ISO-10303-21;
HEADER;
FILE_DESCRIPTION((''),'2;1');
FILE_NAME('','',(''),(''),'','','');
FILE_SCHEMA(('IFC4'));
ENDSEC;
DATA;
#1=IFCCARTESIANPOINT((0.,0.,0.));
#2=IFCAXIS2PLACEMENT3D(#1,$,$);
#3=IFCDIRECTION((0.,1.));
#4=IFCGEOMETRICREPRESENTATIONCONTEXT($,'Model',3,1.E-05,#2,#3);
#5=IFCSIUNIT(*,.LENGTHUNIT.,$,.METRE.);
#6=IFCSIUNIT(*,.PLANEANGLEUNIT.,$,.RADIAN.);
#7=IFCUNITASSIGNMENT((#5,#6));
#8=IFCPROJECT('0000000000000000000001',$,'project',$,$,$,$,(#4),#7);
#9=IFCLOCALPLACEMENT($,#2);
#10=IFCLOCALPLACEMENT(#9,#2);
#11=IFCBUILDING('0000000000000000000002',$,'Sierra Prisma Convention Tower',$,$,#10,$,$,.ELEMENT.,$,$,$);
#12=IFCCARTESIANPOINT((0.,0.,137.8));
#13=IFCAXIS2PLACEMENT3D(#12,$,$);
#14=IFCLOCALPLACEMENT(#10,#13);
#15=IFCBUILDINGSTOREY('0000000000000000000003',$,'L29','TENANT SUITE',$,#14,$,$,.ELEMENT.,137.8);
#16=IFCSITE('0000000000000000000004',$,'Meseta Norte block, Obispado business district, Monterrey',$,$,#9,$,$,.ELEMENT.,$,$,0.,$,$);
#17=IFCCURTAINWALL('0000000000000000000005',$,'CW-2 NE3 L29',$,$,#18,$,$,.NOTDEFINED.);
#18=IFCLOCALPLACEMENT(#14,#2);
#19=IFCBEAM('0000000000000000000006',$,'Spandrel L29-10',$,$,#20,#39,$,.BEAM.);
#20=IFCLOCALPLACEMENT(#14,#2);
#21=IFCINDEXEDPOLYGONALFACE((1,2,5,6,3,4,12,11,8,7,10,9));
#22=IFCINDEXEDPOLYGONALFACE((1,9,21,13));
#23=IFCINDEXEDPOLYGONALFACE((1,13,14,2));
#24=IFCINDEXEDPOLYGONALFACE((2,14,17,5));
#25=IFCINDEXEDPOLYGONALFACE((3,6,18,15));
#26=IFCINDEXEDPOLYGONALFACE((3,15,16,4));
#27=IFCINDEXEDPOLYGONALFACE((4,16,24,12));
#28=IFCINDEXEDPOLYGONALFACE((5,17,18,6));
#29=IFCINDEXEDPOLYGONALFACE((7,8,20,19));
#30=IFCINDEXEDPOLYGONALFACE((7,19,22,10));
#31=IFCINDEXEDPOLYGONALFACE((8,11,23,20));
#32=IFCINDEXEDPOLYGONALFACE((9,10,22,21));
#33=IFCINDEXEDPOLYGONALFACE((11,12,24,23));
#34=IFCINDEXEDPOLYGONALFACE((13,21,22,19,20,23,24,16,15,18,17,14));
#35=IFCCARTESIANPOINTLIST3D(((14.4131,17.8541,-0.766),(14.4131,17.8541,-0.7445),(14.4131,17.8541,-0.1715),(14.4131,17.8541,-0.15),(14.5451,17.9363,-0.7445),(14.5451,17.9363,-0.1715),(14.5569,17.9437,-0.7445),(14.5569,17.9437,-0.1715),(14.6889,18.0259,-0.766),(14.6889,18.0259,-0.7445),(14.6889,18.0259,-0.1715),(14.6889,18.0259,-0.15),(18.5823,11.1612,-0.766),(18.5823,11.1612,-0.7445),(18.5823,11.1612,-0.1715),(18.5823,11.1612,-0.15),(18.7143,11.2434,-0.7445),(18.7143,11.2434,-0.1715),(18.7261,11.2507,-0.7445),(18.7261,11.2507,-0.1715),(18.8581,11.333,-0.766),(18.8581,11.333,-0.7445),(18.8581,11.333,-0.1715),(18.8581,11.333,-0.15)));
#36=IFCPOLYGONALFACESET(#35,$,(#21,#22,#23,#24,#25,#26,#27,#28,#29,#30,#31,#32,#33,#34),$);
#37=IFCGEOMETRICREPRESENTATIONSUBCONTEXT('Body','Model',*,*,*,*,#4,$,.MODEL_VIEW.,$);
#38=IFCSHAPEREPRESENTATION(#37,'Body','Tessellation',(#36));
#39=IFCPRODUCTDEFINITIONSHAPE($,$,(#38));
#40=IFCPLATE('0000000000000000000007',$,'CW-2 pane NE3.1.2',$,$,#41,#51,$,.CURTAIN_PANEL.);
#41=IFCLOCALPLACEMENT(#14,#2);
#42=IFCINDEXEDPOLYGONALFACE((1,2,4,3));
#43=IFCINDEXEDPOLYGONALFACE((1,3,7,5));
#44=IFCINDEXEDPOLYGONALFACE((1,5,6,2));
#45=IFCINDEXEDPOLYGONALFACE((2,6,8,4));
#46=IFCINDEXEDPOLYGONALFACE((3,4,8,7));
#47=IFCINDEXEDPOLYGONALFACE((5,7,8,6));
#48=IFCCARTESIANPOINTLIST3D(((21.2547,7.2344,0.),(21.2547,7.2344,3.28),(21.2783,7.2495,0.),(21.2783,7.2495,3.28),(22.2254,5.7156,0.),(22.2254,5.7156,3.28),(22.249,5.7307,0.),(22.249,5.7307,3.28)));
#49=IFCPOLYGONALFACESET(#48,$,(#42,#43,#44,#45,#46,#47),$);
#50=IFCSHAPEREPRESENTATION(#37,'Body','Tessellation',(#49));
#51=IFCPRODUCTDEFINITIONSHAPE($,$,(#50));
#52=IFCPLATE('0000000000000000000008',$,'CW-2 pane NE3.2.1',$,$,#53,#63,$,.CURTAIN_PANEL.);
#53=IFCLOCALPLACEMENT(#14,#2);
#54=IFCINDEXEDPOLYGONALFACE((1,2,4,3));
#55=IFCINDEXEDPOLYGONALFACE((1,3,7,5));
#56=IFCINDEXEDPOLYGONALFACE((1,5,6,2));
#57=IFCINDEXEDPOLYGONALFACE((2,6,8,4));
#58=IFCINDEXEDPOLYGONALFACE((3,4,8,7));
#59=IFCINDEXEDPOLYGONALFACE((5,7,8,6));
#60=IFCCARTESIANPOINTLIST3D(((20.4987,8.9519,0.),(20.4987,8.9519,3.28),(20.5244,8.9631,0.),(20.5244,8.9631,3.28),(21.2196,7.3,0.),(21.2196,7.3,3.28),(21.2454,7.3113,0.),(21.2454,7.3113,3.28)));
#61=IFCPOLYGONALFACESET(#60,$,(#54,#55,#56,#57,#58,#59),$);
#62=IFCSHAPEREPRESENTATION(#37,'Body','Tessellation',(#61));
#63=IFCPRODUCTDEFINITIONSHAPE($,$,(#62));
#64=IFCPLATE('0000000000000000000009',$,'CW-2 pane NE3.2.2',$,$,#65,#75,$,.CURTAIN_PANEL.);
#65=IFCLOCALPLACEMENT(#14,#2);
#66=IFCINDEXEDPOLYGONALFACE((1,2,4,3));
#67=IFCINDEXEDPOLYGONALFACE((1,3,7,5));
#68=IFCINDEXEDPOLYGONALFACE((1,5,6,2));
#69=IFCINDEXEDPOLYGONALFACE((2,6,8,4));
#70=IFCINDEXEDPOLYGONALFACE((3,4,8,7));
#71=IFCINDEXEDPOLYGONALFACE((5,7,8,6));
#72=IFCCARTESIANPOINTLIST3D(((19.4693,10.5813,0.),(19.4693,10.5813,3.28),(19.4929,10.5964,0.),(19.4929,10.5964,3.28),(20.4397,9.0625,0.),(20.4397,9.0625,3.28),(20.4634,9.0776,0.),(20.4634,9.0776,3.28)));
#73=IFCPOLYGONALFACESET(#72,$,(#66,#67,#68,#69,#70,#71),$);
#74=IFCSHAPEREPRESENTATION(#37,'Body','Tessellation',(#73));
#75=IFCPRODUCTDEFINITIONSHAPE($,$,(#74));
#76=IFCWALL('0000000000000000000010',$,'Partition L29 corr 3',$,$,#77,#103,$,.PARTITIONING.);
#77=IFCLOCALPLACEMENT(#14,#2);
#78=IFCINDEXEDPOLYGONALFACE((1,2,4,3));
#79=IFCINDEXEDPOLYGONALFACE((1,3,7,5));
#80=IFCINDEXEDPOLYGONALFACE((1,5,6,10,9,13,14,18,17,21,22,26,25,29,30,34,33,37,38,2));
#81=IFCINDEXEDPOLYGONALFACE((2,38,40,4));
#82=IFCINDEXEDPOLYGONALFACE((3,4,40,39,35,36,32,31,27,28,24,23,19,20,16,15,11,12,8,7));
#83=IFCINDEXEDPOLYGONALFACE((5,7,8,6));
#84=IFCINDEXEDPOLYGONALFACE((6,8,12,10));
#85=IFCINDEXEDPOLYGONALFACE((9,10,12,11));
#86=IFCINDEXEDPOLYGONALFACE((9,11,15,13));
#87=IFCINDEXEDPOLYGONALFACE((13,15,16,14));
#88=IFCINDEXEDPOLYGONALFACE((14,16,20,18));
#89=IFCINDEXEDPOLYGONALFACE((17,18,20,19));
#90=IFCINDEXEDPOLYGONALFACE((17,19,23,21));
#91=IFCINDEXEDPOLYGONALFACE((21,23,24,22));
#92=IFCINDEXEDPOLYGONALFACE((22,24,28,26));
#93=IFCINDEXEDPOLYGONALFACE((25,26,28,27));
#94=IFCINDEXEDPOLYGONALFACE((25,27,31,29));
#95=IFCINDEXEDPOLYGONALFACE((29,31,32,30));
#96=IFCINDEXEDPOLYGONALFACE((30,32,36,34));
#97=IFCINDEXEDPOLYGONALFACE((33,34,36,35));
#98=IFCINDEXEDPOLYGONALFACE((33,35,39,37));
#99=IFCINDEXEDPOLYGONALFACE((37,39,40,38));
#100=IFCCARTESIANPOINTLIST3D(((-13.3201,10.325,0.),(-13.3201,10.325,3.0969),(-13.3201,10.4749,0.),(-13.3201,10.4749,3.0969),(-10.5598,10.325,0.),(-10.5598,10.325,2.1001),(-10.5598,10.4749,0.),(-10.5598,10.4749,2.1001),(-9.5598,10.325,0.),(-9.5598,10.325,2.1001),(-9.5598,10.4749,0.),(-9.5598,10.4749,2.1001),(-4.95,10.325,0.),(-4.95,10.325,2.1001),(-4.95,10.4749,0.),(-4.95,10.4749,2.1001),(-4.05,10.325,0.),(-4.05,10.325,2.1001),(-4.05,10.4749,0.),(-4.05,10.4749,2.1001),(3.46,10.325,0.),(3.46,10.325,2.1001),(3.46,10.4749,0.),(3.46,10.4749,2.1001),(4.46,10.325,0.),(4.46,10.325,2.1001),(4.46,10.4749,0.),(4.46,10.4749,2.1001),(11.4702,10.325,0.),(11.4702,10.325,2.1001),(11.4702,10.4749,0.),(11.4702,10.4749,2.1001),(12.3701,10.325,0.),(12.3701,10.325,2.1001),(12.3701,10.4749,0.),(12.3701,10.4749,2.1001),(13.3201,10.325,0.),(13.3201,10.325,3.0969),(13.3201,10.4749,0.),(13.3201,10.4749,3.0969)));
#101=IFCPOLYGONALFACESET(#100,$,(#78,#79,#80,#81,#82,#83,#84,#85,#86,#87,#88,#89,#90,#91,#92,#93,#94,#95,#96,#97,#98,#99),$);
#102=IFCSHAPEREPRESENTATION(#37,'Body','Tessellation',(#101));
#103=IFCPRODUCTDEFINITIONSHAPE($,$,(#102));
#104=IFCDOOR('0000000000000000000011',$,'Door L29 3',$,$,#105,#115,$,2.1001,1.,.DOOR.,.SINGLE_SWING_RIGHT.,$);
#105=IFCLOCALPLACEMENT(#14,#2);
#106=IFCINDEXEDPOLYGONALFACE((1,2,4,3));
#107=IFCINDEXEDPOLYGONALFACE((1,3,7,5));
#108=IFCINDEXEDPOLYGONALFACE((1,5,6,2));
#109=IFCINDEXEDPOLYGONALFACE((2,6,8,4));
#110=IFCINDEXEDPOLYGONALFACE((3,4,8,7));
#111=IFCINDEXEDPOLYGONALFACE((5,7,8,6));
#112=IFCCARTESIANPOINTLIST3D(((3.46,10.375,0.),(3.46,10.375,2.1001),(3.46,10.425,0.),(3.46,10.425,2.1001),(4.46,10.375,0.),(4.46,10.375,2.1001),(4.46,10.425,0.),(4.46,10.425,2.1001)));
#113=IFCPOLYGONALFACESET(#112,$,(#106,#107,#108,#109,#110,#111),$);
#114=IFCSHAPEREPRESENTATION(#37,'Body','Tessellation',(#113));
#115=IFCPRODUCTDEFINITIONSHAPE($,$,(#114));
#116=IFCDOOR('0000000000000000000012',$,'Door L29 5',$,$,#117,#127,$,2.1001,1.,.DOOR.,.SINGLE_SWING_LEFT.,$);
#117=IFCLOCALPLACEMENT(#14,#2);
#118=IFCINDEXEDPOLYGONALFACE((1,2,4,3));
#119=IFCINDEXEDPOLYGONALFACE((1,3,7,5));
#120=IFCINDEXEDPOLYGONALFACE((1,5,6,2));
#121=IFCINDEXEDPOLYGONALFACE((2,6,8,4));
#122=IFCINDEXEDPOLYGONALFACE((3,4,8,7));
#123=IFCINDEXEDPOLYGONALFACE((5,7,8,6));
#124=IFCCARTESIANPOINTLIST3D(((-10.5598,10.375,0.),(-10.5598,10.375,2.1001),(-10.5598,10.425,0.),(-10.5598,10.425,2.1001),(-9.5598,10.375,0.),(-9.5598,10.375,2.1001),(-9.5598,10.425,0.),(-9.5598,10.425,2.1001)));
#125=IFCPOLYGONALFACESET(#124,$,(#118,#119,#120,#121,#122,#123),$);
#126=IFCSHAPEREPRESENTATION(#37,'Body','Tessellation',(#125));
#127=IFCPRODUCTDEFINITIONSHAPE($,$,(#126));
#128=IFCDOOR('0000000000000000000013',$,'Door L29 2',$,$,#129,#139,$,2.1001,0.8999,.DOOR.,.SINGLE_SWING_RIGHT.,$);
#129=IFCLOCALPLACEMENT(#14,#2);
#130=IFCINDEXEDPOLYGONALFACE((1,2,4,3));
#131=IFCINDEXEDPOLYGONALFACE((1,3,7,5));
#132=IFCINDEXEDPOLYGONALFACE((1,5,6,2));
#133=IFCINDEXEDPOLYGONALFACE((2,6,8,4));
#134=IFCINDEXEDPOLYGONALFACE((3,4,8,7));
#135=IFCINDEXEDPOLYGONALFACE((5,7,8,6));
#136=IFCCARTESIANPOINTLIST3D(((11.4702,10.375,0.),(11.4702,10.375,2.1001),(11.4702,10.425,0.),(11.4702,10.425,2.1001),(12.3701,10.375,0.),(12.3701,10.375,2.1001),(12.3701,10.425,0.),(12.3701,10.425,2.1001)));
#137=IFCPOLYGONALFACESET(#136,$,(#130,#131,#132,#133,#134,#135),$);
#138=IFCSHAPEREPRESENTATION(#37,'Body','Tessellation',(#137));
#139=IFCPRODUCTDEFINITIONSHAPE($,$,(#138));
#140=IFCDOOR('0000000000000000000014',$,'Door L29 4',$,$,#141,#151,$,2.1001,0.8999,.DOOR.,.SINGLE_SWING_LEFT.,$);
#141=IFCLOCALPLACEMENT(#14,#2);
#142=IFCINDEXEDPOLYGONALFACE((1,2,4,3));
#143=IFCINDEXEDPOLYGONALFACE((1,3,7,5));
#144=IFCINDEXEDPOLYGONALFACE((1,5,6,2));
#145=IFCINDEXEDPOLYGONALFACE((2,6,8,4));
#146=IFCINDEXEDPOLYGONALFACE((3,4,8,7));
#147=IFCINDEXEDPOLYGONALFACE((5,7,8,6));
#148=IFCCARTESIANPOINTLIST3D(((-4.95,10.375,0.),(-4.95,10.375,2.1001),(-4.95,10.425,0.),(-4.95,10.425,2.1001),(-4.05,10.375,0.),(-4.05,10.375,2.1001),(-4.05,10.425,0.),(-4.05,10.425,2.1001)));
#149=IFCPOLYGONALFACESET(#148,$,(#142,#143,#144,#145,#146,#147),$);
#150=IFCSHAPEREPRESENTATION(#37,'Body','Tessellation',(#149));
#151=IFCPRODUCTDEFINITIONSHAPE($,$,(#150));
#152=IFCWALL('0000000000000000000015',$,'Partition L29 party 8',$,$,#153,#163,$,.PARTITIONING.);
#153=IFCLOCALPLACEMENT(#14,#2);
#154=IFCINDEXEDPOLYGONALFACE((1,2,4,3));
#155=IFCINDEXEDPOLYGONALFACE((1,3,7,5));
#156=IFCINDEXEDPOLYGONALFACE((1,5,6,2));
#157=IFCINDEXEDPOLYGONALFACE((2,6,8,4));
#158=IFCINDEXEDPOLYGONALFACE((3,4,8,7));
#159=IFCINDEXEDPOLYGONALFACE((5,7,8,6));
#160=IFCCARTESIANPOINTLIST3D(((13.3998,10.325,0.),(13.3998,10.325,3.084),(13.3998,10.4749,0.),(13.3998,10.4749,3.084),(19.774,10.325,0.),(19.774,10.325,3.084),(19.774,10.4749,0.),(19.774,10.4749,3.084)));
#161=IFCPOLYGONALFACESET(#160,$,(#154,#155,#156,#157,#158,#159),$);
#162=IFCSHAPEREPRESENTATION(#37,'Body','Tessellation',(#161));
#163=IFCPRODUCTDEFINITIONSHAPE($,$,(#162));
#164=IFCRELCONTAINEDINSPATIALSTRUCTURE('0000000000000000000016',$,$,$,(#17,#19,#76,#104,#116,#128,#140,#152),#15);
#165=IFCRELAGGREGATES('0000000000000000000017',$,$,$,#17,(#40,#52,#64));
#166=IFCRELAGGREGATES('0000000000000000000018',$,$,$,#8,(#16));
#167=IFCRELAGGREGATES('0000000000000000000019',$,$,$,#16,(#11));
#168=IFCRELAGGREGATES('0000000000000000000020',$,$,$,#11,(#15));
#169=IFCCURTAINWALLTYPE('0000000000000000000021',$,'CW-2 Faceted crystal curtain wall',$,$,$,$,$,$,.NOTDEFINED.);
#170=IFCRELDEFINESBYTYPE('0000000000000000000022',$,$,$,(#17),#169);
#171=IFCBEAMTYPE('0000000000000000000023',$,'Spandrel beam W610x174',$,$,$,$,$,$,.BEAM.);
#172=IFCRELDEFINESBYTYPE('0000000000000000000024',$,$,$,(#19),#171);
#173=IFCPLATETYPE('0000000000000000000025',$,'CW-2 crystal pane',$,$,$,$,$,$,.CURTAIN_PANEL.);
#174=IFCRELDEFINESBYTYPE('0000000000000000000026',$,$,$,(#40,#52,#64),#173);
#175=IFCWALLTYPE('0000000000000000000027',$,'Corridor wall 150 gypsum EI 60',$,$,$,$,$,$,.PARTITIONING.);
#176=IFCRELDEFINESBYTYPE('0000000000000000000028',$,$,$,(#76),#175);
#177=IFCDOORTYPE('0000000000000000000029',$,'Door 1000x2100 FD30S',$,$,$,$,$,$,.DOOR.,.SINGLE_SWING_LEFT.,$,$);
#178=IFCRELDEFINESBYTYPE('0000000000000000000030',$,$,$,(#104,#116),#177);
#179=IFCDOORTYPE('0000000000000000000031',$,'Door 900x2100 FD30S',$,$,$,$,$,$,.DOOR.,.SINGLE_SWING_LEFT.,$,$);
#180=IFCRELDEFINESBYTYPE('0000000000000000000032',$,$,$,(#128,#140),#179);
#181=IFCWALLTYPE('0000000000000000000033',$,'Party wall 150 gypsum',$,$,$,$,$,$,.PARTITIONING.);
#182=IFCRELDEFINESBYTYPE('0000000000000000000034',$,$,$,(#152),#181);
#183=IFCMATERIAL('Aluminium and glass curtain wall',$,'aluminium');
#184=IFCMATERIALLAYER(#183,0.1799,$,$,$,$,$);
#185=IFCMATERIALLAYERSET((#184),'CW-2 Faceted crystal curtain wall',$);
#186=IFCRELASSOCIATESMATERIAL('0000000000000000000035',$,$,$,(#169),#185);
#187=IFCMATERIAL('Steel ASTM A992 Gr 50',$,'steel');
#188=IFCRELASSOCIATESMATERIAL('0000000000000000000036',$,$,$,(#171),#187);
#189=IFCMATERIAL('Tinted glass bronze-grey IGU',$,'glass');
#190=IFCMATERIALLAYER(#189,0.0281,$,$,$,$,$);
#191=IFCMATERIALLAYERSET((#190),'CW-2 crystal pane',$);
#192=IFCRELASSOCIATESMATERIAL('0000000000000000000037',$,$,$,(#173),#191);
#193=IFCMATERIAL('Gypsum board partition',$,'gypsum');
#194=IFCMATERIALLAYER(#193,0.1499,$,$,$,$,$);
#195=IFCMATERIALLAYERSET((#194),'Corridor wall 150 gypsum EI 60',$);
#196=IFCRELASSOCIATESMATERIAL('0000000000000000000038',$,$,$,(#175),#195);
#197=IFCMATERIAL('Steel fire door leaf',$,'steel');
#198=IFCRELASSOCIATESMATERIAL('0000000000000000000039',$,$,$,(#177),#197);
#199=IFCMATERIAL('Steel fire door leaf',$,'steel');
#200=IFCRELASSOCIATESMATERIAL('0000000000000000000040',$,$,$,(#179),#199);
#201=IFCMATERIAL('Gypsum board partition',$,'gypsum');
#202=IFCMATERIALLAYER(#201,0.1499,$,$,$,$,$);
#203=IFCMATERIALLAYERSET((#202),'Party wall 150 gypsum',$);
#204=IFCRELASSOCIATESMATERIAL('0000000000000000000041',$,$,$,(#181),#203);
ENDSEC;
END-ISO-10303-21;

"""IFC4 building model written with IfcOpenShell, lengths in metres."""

from ifc_helpers import new_model, si_unit, direction, frame, frame_2d, origin, origin_2d, place, context, subcontext, project, spatial, polyline, rectangle, i_section, outline, extrude, material, layer, layer_set, material_profile, profile_set, type_object, element, fill, aggregate, save


model = new_model("IFC4")

# Units and contexts
model_context = context("Model", 3, precision=1e-05, world=origin(), true_north=direction((0.0, 1.0)))
body_context = subcontext(model_context, "Body", "Model", "MODEL_VIEW")
ifc_project = project(units=[si_unit("LENGTHUNIT", "METRE"), si_unit("PLANEANGLEUNIT", "RADIAN")], contexts=[model_context])

# Site, building, storey
site_placement = place(None, origin())
site = spatial("IfcSite", under=ifc_project, at=site_placement, Name="Meseta Norte block, Obispado business district, Monterrey", CompositionType="ELEMENT", RefElevation=0.0)
building_placement = place(site_placement, origin())
building = spatial("IfcBuilding", under=site, at=building_placement, Name="Sierra Prisma Convention Tower", CompositionType="ELEMENT")
storey_placement = place(building_placement, frame((0.0, 0.0, 137.8)))
storey = spatial("IfcBuildingStorey", under=building, at=storey_placement, Name="L29", Description="TENANT SUITE", CompositionType="ELEMENT", Elevation=137.8)

# Curtain wall
ifc_material_1 = material(Name="Aluminium and glass curtain wall", Category="aluminium")
ifc_layer_1 = layer(ifc_material_1, 0.1799)
ifc_layer_set_1 = layer_set([ifc_layer_1], Name="CW-2 Faceted crystal curtain wall")
curtain_wall_type = type_object("IfcCurtainWallType", Name="CW-2 Faceted crystal curtain wall", PredefinedType="NOTDEFINED", material=ifc_layer_set_1)
curtain_wall_1_placement = place(storey_placement, origin())
curtain_wall_1 = element("IfcCurtainWall", 1, at=curtain_wall_1_placement, inside=storey, type_object=curtain_wall_type, Name="CW-2 NE3 L29", PredefinedType="NOTDEFINED")

# Beam
ifc_material_2 = material(Name="Steel ASTM A992 Gr 50", Category="steel")
ifc_material_profile_1 = material_profile(ifc_material_2, i_section(OverallWidth=0.325, OverallDepth=0.616, WebThickness=0.0139, FlangeThickness=0.0215, at=origin_2d()), Name="W610x174")
ifc_profile_set_1 = profile_set([ifc_material_profile_1], Name="Steel ASTM A992 Gr 50")
beam_type_1 = type_object("IfcBeamType", Name="Spandrel beam W610x174", PredefinedType="BEAM", material=ifc_profile_set_1)
beam_1_placement = place(storey_placement, frame((18.7202, 11.2471, -0.458), z_axis=(-0.528735, 0.848787, 0.0), x_axis=(-0.848787, -0.528735, 0.0)))
element("IfcBeam", 2, at=beam_1_placement, inside=storey, type_object=beam_type_1, Name="Spandrel L29-10", PredefinedType="BEAM", context=body_context, shape_type="SweptSolid", body=[
    extrude(i_section(OverallWidth=0.325, OverallDepth=0.616, WebThickness=0.0139, FlangeThickness=0.0215, at=origin_2d()), origin(), (0.0, 0.0, 1.0), 7.8853),
])

# Plates
ifc_material_3 = material(Name="Tinted glass bronze-grey IGU", Category="glass")
ifc_layer_2 = layer(ifc_material_3, 0.0281)
ifc_layer_set_2 = layer_set([ifc_layer_2], Name="CW-2 crystal pane")
plate_type = type_object("IfcPlateType", Name="CW-2 crystal pane", PredefinedType="CURTAIN_PANEL", material=ifc_layer_set_2)
plate_1_placement = place(storey_placement, frame((21.2783, 7.2495, 0.0), z_axis=(0.842606, 0.538531, 0.0), x_axis=(0.538531, -0.842606, 0.0)))
plate_1 = element("IfcPlate", 3, at=plate_1_placement, type_object=plate_type, Name="CW-2 pane NE3.1.2", PredefinedType="CURTAIN_PANEL", context=body_context, shape_type="SweptSolid", body=[
    extrude(outline(polyline([(0.0, 0.0), (1.8025, 0.0), (1.8025, -3.28), (0.0, -3.28), (0.0, 0.0)])), origin(), (0.0, 0.0, -1.0), 0.0281),
])
plate_2_placement = place(storey_placement, frame((21.2454, 7.3113, 0.0), z_axis=(0.916511, 0.400009, 0.0), x_axis=(-0.400009, 0.916511, 0.0)))
plate_2 = element("IfcPlate", 4, at=plate_2_placement, type_object=plate_type, Name="CW-2 pane NE3.2.1", PredefinedType="CURTAIN_PANEL", context=body_context, shape_type="SweptSolid", body=[
    extrude(outline(polyline([(0.0, 0.0), (1.8023, 0.0), (1.8023, 3.28), (0.0, 3.28), (0.0, 0.0)])), origin(), (0.0, 0.0, -1.0), 0.0281),
])
plate_3_placement = place(storey_placement, frame((19.4929, 10.5964, 0.0), z_axis=(0.842667, 0.538435, 0.0), x_axis=(0.538435, -0.842667, 0.0)))
plate_3 = element("IfcPlate", 5, at=plate_3_placement, type_object=plate_type, Name="CW-2 pane NE3.2.2", PredefinedType="CURTAIN_PANEL", context=body_context, shape_type="SweptSolid", body=[
    extrude(outline(polyline([(0.0, 0.0), (1.8024, 0.0), (1.8024, -3.28), (0.0, -3.28), (0.0, 0.0)])), origin(), (0.0, 0.0, -1.0), 0.0281),
])
aggregate(curtain_wall_1, [plate_1, plate_2, plate_3])

# Wall, openings, doors
ifc_material_4 = material(Name="Gypsum board partition", Category="gypsum")
ifc_layer_3 = layer(ifc_material_4, 0.1499)
ifc_layer_set_3 = layer_set([ifc_layer_3], Name="Corridor wall 150 gypsum EI 60")
wall_type_1 = type_object("IfcWallType", Name="Corridor wall 150 gypsum EI 60", PredefinedType="PARTITIONING", material=ifc_layer_set_3)
wall_1_placement = place(storey_placement, frame((13.3201, 10.3999, 0.0), z_axis=(0.0, 0.0, 1.0), x_axis=(-1.0, 0.0, 0.0)))
wall_1 = element("IfcWall", 6, at=wall_1_placement, inside=storey, type_object=wall_type_1, Name="Partition L29 corr 3", PredefinedType="PARTITIONING", context=body_context, shape_type="SweptSolid", body=[
    extrude(rectangle(XDim=26.6401, YDim=0.1499, at=frame_2d((13.3201, 0.0))), origin(), (0.0, 0.0, 1.0), 3.0969),
])
opening_1_placement = place(wall_1_placement, frame((0.95, 0.0, 0.0)))
opening_1 = element("IfcOpeningElement", 7, at=opening_1_placement, cuts=wall_1, PredefinedType="OPENING", context=body_context, shape_type="SweptSolid", body=[
    extrude(rectangle(XDim=0.8999, YDim=2.1001, at=frame_2d((0.45, 1.05))), frame((0.0, 0.075, 0.0), z_axis=(0.0, -1.0, 0.0), x_axis=(1.0, 0.0, 0.0)), (0.0, 0.0, 1.0), 0.1499),
])
opening_2_placement = place(wall_1_placement, frame((8.8601, 0.0, 0.0)))
opening_2 = element("IfcOpeningElement", 8, at=opening_2_placement, cuts=wall_1, PredefinedType="OPENING", context=body_context, shape_type="SweptSolid", body=[
    extrude(rectangle(XDim=1.0, YDim=2.1001, at=frame_2d((0.5, 1.05))), frame((0.0, 0.075, 0.0), z_axis=(0.0, -1.0, 0.0), x_axis=(1.0, 0.0, 0.0)), (0.0, 0.0, 1.0), 0.1499),
])
opening_3_placement = place(wall_1_placement, frame((17.3701, 0.0, 0.0)))
opening_3 = element("IfcOpeningElement", 9, at=opening_3_placement, cuts=wall_1, PredefinedType="OPENING", context=body_context, shape_type="SweptSolid", body=[
    extrude(rectangle(XDim=0.8999, YDim=2.1001, at=frame_2d((0.45, 1.05))), frame((0.0, 0.075, 0.0), z_axis=(0.0, -1.0, 0.0), x_axis=(1.0, 0.0, 0.0)), (0.0, 0.0, 1.0), 0.1499),
])
opening_4_placement = place(wall_1_placement, frame((22.8799, 0.0, 0.0)))
opening_4 = element("IfcOpeningElement", 10, at=opening_4_placement, cuts=wall_1, PredefinedType="OPENING", context=body_context, shape_type="SweptSolid", body=[
    extrude(rectangle(XDim=1.0, YDim=2.1001, at=frame_2d((0.5, 1.05))), frame((0.0, 0.075, 0.0), z_axis=(0.0, -1.0, 0.0), x_axis=(1.0, 0.0, 0.0)), (0.0, 0.0, 1.0), 0.1499),
])
ifc_material_5 = material(Name="Steel fire door leaf", Category="steel")
door_type_1 = type_object("IfcDoorType", Name="Door 1000x2100 FD30S", OperationType="SINGLE_SWING_LEFT", PredefinedType="DOOR", material=ifc_material_5)
door_1_placement = place(opening_2_placement, origin())
door_1 = element("IfcDoor", 11, at=door_1_placement, inside=storey, type_object=door_type_1, Name="Door L29 3", OperationType="SINGLE_SWING_RIGHT", OverallHeight=2.1001, OverallWidth=1.0, PredefinedType="DOOR", context=body_context, shape_type="SweptSolid", body=[
    extrude(rectangle(XDim=1.0, YDim=2.1001, at=frame_2d((0.5, 1.05))), frame((0.0, 0.0249, 0.0), z_axis=(0.0, -1.0, 0.0), x_axis=(1.0, 0.0, 0.0)), (0.0, 0.0, 1.0), 0.05),
])
fill(opening_2, door_1)
door_2_placement = place(opening_4_placement, origin())
door_2 = element("IfcDoor", 12, at=door_2_placement, inside=storey, type_object=door_type_1, Name="Door L29 5", OperationType="SINGLE_SWING_LEFT", OverallHeight=2.1001, OverallWidth=1.0, PredefinedType="DOOR", context=body_context, shape_type="SweptSolid", body=[
    extrude(rectangle(XDim=1.0, YDim=2.1001, at=frame_2d((0.5, 1.05))), frame((0.0, 0.0249, 0.0), z_axis=(0.0, -1.0, 0.0), x_axis=(1.0, 0.0, 0.0)), (0.0, 0.0, 1.0), 0.05),
])
fill(opening_4, door_2)
ifc_material_6 = material(Name="Steel fire door leaf", Category="steel")
door_type_2 = type_object("IfcDoorType", Name="Door 900x2100 FD30S", OperationType="SINGLE_SWING_LEFT", PredefinedType="DOOR", material=ifc_material_6)
door_3_placement = place(opening_1_placement, origin())
door_3 = element("IfcDoor", 13, at=door_3_placement, inside=storey, type_object=door_type_2, Name="Door L29 2", OperationType="SINGLE_SWING_RIGHT", OverallHeight=2.1001, OverallWidth=0.8999, PredefinedType="DOOR", context=body_context, shape_type="SweptSolid", body=[
    extrude(rectangle(XDim=0.8999, YDim=2.1001, at=frame_2d((0.45, 1.05))), frame((0.0, 0.0249, 0.0), z_axis=(0.0, -1.0, 0.0), x_axis=(1.0, 0.0, 0.0)), (0.0, 0.0, 1.0), 0.05),
])
fill(opening_1, door_3)
door_4_placement = place(opening_3_placement, origin())
door_4 = element("IfcDoor", 14, at=door_4_placement, inside=storey, type_object=door_type_2, Name="Door L29 4", OperationType="SINGLE_SWING_LEFT", OverallHeight=2.1001, OverallWidth=0.8999, PredefinedType="DOOR", context=body_context, shape_type="SweptSolid", body=[
    extrude(rectangle(XDim=0.8999, YDim=2.1001, at=frame_2d((0.45, 1.05))), frame((0.0, 0.0249, 0.0), z_axis=(0.0, -1.0, 0.0), x_axis=(1.0, 0.0, 0.0)), (0.0, 0.0, 1.0), 0.05),
])
fill(opening_3, door_4)

# Wall
ifc_material_7 = material(Name="Gypsum board partition", Category="gypsum")
ifc_layer_4 = layer(ifc_material_7, 0.1499)
ifc_layer_set_4 = layer_set([ifc_layer_4], Name="Party wall 150 gypsum")
wall_type_2 = type_object("IfcWallType", Name="Party wall 150 gypsum", PredefinedType="PARTITIONING", material=ifc_layer_set_4)
wall_2_placement = place(storey_placement, frame((13.3999, 10.3999, 0.0), z_axis=(0.0, 0.0, 1.0), x_axis=(1.0, 0.0, 0.0)))
element("IfcWall", 15, at=wall_2_placement, inside=storey, type_object=wall_type_2, Name="Partition L29 party 8", PredefinedType="PARTITIONING", context=body_context, shape_type="SweptSolid", body=[
    extrude(rectangle(XDim=6.3743, YDim=0.1499, at=frame_2d((3.187, 0.0))), origin(), (0.0, 0.0, 1.0), 3.084),
])

save(model, "model.ifc")
